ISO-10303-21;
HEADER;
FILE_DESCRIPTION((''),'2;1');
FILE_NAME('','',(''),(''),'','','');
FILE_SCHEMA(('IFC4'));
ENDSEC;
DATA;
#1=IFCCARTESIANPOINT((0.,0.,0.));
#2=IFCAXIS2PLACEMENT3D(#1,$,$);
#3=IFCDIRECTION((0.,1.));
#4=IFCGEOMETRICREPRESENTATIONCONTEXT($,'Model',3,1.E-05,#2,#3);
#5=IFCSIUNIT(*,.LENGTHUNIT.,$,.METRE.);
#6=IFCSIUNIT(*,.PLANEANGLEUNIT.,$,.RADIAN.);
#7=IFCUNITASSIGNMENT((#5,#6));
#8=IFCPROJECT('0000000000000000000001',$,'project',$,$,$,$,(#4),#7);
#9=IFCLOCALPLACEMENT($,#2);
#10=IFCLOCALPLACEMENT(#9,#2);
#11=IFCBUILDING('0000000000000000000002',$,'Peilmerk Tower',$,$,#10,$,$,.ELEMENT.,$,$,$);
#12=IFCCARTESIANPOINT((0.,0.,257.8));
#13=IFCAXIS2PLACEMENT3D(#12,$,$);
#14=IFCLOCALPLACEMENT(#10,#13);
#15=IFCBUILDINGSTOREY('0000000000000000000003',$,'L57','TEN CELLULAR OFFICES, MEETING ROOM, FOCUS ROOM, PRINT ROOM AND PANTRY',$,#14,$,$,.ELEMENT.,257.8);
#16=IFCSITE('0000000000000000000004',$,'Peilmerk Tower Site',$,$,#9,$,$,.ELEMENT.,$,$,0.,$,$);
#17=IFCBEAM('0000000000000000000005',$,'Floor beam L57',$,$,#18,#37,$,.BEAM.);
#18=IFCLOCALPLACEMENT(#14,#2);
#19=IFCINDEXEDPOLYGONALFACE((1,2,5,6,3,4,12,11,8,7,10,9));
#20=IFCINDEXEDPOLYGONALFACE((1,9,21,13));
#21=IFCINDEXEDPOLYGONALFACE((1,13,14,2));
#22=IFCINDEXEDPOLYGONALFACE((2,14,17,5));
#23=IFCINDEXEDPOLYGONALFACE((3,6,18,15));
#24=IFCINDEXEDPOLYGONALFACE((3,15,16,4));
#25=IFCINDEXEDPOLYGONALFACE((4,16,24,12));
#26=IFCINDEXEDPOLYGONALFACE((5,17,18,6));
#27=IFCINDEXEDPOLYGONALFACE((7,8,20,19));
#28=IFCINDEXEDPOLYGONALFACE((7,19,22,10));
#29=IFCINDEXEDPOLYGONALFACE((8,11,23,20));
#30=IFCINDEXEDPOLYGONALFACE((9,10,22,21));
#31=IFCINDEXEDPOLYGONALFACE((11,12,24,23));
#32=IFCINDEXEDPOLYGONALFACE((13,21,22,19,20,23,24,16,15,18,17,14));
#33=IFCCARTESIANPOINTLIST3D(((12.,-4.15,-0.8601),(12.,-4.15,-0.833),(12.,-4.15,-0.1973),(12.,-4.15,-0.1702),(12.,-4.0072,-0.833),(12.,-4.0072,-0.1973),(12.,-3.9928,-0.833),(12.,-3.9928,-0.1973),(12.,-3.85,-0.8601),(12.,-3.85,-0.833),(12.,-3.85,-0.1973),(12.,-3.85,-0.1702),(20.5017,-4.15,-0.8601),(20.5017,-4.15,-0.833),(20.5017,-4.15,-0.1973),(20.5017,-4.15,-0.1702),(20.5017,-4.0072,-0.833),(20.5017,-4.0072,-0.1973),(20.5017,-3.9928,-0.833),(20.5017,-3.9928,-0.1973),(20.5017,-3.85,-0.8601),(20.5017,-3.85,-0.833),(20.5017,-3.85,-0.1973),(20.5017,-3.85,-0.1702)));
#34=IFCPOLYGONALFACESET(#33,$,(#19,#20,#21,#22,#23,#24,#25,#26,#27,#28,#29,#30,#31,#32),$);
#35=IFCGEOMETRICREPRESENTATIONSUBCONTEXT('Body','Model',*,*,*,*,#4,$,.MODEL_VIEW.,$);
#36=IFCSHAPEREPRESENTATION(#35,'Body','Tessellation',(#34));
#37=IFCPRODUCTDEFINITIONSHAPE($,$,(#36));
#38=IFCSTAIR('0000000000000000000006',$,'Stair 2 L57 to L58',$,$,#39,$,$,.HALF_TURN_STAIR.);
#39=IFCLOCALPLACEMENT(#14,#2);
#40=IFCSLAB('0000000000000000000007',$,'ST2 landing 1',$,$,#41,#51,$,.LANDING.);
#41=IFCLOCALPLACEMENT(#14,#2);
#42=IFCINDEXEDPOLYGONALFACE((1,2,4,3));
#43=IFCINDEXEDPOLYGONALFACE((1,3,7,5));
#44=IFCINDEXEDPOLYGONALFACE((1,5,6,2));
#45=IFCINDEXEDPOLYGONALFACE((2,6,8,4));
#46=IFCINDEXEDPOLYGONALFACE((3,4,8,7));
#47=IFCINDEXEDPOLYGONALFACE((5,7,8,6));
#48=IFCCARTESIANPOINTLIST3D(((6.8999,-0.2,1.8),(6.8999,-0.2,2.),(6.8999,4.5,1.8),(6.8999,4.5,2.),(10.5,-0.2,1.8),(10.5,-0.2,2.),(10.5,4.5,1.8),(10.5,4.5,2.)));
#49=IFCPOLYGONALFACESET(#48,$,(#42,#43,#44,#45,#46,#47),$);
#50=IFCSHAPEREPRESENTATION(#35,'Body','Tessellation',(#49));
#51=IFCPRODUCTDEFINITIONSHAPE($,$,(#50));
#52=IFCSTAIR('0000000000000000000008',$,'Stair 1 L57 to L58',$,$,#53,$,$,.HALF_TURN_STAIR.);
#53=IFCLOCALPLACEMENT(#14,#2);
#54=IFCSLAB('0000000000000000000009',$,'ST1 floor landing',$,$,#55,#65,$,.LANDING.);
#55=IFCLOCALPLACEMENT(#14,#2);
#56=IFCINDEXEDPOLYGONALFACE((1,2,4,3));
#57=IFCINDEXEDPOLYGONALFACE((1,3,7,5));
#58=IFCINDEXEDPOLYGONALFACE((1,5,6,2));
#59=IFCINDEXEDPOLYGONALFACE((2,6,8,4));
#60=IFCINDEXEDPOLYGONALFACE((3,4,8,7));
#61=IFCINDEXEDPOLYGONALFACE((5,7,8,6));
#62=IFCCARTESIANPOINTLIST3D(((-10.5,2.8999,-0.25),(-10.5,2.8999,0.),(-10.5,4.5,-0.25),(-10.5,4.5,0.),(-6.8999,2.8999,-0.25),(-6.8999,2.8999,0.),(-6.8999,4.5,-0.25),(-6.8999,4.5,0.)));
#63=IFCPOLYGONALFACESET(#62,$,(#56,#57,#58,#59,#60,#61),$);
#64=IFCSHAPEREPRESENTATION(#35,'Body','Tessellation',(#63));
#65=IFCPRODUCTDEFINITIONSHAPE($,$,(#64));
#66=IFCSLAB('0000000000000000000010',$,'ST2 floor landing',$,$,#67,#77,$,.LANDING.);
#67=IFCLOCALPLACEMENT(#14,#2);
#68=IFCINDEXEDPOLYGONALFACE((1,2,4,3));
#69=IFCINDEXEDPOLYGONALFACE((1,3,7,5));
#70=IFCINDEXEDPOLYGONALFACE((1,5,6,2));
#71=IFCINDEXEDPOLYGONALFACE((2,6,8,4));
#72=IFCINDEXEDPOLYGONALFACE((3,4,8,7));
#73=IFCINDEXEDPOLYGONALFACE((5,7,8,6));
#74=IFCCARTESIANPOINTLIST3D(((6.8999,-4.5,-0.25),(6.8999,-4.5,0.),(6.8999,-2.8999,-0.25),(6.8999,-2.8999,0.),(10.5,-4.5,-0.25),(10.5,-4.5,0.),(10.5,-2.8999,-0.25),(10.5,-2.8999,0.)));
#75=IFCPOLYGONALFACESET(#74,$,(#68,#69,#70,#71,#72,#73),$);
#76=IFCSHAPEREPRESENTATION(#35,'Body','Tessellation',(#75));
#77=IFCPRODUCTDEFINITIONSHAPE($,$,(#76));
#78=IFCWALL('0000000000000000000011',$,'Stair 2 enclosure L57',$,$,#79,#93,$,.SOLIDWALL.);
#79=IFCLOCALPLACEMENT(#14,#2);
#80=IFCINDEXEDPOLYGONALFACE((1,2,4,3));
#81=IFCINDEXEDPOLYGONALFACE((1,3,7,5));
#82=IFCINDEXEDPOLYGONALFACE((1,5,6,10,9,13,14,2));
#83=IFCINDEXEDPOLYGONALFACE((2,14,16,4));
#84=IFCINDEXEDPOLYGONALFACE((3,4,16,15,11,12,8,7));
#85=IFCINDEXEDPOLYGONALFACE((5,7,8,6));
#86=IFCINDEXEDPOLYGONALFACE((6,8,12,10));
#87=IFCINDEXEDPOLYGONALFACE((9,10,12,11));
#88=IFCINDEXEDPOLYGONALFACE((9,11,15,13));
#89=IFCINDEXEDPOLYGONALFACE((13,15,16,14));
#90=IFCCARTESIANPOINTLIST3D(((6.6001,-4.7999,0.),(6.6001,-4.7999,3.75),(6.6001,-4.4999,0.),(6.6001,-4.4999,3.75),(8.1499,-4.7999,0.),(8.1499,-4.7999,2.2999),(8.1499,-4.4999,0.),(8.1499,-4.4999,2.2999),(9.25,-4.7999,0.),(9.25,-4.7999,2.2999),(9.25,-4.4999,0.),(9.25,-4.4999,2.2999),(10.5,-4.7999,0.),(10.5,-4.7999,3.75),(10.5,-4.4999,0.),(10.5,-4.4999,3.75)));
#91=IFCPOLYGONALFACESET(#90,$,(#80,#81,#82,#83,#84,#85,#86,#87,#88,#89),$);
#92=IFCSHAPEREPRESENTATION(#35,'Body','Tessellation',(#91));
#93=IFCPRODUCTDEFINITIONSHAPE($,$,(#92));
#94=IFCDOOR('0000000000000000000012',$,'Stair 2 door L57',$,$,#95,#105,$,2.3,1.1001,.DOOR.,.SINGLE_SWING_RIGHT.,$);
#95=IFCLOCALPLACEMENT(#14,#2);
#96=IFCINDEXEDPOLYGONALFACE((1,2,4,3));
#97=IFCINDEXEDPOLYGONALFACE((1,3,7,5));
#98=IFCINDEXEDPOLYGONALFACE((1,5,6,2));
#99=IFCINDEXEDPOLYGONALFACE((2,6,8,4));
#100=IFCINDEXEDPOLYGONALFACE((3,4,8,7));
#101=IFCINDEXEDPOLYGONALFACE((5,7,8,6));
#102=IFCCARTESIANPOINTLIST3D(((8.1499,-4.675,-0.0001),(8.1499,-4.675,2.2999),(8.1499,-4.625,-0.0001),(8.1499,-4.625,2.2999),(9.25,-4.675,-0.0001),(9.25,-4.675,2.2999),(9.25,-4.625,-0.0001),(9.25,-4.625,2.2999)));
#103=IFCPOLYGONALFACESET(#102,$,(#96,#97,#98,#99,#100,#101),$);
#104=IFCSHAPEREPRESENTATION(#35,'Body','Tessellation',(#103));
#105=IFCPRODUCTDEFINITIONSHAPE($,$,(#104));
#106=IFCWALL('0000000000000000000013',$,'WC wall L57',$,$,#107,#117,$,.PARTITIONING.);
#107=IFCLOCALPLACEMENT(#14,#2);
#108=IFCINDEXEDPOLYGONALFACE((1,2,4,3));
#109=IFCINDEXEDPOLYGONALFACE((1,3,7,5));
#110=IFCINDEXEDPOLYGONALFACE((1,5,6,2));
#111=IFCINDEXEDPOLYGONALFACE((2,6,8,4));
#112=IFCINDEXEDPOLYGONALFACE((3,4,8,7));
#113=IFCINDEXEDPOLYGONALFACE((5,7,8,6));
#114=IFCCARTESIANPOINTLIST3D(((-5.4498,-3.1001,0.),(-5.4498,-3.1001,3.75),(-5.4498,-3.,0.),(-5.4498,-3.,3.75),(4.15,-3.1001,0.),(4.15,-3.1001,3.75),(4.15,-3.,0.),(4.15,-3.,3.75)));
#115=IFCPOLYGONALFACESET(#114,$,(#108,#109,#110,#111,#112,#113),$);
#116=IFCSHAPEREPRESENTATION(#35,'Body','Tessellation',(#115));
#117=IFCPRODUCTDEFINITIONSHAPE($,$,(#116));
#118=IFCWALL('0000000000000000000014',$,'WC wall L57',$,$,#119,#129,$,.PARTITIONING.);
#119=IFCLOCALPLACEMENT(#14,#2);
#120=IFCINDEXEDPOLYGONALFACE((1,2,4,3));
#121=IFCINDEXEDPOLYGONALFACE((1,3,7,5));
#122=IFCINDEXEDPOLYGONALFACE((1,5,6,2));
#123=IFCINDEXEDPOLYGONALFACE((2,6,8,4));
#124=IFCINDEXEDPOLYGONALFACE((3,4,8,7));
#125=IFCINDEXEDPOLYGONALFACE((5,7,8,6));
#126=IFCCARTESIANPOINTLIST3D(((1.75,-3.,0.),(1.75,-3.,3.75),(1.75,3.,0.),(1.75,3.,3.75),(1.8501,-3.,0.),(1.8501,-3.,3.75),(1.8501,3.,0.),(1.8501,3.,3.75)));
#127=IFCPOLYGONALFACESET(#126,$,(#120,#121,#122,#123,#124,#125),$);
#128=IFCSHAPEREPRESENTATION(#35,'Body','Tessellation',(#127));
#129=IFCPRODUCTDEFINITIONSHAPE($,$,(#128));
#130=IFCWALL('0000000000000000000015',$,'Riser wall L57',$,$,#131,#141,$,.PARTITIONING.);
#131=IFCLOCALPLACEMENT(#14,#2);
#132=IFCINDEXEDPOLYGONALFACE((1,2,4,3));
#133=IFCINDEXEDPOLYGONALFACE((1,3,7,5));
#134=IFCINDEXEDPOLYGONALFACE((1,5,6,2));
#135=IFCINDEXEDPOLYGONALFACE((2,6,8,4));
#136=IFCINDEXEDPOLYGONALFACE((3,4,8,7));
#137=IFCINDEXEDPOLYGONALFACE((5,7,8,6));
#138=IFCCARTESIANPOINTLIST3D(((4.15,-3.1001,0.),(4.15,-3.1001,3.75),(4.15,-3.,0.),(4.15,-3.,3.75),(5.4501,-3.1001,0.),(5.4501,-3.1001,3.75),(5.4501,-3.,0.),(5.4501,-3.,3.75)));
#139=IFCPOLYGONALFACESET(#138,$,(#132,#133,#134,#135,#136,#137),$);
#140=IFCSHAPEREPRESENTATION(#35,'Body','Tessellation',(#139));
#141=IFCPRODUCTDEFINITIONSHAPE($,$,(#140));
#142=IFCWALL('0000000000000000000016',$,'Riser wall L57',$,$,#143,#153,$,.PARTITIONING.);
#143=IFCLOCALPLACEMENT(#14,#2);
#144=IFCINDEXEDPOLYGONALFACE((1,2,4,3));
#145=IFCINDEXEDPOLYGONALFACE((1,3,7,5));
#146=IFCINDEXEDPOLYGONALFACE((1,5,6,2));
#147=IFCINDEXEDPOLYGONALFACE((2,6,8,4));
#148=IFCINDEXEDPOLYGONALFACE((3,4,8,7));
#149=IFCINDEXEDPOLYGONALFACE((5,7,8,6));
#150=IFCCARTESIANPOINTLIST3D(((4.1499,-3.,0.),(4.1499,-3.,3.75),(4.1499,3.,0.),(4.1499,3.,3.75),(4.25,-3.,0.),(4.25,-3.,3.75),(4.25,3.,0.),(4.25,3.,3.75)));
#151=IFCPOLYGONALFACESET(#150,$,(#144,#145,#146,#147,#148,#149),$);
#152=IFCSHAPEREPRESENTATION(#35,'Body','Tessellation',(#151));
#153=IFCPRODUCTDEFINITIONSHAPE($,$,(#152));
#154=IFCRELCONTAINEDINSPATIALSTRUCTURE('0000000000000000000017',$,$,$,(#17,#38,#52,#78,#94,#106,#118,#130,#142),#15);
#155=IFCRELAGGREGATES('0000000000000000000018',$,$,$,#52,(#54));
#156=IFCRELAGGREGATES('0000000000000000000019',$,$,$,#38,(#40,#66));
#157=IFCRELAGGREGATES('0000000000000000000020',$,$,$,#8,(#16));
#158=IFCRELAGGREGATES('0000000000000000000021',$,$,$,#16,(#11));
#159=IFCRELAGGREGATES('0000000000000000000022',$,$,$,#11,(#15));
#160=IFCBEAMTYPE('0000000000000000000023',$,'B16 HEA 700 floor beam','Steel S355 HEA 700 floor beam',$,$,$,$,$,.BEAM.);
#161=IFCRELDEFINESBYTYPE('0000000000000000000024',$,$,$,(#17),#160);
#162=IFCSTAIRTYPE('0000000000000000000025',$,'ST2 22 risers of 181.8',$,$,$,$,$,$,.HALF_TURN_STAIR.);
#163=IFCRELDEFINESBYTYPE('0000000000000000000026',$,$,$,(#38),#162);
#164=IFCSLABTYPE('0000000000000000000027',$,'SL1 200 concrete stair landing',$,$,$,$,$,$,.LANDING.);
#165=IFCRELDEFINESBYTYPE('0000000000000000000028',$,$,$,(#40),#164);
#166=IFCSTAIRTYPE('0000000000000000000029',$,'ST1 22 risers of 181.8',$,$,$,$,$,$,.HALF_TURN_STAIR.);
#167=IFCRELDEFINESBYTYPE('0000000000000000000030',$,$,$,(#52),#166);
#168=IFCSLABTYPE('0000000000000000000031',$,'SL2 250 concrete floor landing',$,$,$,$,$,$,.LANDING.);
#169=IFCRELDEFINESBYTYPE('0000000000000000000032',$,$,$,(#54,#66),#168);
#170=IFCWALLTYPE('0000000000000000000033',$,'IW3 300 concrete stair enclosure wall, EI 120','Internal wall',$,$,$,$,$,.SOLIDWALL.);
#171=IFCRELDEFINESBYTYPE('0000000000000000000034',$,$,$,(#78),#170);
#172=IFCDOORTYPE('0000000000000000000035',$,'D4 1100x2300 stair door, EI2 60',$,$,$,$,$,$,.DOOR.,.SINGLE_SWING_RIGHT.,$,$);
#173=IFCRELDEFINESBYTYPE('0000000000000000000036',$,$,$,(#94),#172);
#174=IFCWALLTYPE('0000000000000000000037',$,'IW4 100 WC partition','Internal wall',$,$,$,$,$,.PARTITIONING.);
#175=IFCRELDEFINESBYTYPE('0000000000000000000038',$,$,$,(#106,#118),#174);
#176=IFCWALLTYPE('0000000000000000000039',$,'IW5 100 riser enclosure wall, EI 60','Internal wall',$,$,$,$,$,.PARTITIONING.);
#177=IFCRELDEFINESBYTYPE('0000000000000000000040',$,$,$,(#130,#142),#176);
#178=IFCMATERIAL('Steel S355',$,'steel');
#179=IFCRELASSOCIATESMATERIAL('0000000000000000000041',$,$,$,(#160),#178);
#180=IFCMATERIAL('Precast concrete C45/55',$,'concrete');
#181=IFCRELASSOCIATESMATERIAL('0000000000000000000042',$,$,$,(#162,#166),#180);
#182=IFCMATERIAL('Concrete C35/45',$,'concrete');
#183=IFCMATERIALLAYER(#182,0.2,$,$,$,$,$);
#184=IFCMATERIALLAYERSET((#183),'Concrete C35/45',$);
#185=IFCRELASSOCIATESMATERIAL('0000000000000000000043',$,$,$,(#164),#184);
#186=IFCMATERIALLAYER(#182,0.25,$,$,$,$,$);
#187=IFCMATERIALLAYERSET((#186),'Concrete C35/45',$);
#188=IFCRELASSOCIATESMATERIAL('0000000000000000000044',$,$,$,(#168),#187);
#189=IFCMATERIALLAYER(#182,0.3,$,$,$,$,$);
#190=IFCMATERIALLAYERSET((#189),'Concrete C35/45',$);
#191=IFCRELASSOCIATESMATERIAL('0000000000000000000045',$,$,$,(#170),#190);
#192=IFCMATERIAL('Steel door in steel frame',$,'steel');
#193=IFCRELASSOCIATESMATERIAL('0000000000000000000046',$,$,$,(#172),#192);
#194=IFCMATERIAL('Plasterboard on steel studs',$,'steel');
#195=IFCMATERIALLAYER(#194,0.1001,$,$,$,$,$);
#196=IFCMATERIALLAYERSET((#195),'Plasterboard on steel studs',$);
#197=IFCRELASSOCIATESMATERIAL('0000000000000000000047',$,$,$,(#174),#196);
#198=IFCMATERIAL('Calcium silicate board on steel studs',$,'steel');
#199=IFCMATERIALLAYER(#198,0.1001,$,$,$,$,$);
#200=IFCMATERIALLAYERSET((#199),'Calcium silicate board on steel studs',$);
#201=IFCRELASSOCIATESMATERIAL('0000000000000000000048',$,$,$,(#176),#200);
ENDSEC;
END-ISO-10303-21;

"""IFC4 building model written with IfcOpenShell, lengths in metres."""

from ifc_helpers import new_model, si_unit, direction, frame, frame_2d, origin, origin_2d, place, context, subcontext, project, spatial, polyline, rectangle, i_section, outline, extrude, material, layer, layer_set, material_profile, profile_set, type_object, element, fill, aggregate, save


model = new_model("IFC4")

# Units and contexts
model_context = context("Model", 3, precision=1e-05, world=origin(), true_north=direction((0.0, 1.0)))
body_context = subcontext(model_context, "Body", "Model", "MODEL_VIEW")
ifc_project = project(units=[si_unit("LENGTHUNIT", "METRE"), si_unit("PLANEANGLEUNIT", "RADIAN")], contexts=[model_context])

# Site, building, storey
site_placement = place(None, origin())
site = spatial("IfcSite", under=ifc_project, at=site_placement, Name="Peilmerk Tower Site", CompositionType="ELEMENT", RefElevation=0.0)
building_placement = place(site_placement, origin())
building = spatial("IfcBuilding", under=site, at=building_placement, Name="Peilmerk Tower", CompositionType="ELEMENT")
storey_placement = place(building_placement, frame((0.0, 0.0, 257.8)))
storey = spatial("IfcBuildingStorey", under=building, at=storey_placement, Name="L57", Description="TEN CELLULAR OFFICES, MEETING ROOM, FOCUS ROOM, PRINT ROOM AND PANTRY", CompositionType="ELEMENT", Elevation=257.8)

# Beam
ifc_material_1 = material(Name="Steel S355", Category="steel")
ifc_material_profile = material_profile(ifc_material_1, i_section(OverallWidth=0.3, OverallDepth=0.6899, WebThickness=0.0144, FlangeThickness=0.0271, at=origin_2d()), Name="HEA 700")
ifc_profile_set = profile_set([ifc_material_profile], Name="Steel S355")
beam_type = type_object("IfcBeamType", Name="B16 HEA 700 floor beam", Description="Steel S355 HEA 700 floor beam", PredefinedType="BEAM", material=ifc_profile_set)
beam_placement = place(storey_placement, frame((12.0, -4.0, -0.5151), z_axis=(1.0, 0.0, 0.0), x_axis=(0.0, 1.0, 0.0)))
element("IfcBeam", 1, at=beam_placement, inside=storey, type_object=beam_type, Name="Floor beam L57", PredefinedType="BEAM", context=body_context, shape_type="SweptSolid", body=[
    extrude(i_section(OverallWidth=0.3, OverallDepth=0.6899, WebThickness=0.0144, FlangeThickness=0.0271, at=origin_2d()), origin(), (0.0, 0.0, 1.0), 8.5017),
])

# Stairs, slabs
ifc_material_2 = material(Name="Precast concrete C45/55", Category="concrete")
stair_type_1 = type_object("IfcStairType", Name="ST2 22 risers of 181.8", PredefinedType="HALF_TURN_STAIR", material=ifc_material_2)
stair_1_placement = place(storey_placement, origin())
stair_1 = element("IfcStair", 2, at=stair_1_placement, inside=storey, type_object=stair_type_1, Name="Stair 2 L57 to L58", PredefinedType="HALF_TURN_STAIR")
ifc_material_3 = material(Name="Concrete C35/45", Category="concrete")
ifc_layer_1 = layer(ifc_material_3, 0.2)
ifc_layer_set_1 = layer_set([ifc_layer_1], Name="Concrete C35/45")
slab_type_1 = type_object("IfcSlabType", Name="SL1 200 concrete stair landing", PredefinedType="LANDING", material=ifc_layer_set_1)
slab_1_placement = place(storey_placement, frame((0.0, 0.0, 1.8)))
slab_1 = element("IfcSlab", 3, at=slab_1_placement, type_object=slab_type_1, Name="ST2 landing 1", PredefinedType="LANDING", context=body_context, shape_type="SweptSolid", body=[
    extrude(outline(polyline([(6.8999, -0.2), (10.5, -0.2), (10.5, 4.5), (6.8999, 4.5), (6.8999, -0.2)])), origin(), (0.0, 0.0, 1.0), 0.2),
])
stair_type_2 = type_object("IfcStairType", Name="ST1 22 risers of 181.8", PredefinedType="HALF_TURN_STAIR", material=ifc_material_2)
stair_2_placement = place(storey_placement, origin())
stair_2 = element("IfcStair", 4, at=stair_2_placement, inside=storey, type_object=stair_type_2, Name="Stair 1 L57 to L58", PredefinedType="HALF_TURN_STAIR")
ifc_layer_2 = layer(ifc_material_3, 0.25)
ifc_layer_set_2 = layer_set([ifc_layer_2], Name="Concrete C35/45")
slab_type_2 = type_object("IfcSlabType", Name="SL2 250 concrete floor landing", PredefinedType="LANDING", material=ifc_layer_set_2)
slab_2_placement = place(storey_placement, frame((0.0, 0.0, -0.25)))
slab_2 = element("IfcSlab", 5, at=slab_2_placement, type_object=slab_type_2, Name="ST1 floor landing", PredefinedType="LANDING", context=body_context, shape_type="SweptSolid", body=[
    extrude(outline(polyline([(-10.5, 2.8999), (-6.8999, 2.8999), (-6.8999, 4.5), (-10.5, 4.5), (-10.5, 2.8999)])), origin(), (0.0, 0.0, 1.0), 0.25),
])
aggregate(stair_2, [slab_2])

# Slab
slab_3_placement = place(storey_placement, frame((0.0, 0.0, -0.25)))
slab_3 = element("IfcSlab", 6, at=slab_3_placement, type_object=slab_type_2, Name="ST2 floor landing", PredefinedType="LANDING", context=body_context, shape_type="SweptSolid", body=[
    extrude(outline(polyline([(6.8999, -4.5), (10.5, -4.5), (10.5, -2.8999), (6.8999, -2.8999), (6.8999, -4.5)])), origin(), (0.0, 0.0, 1.0), 0.25),
])

# Wall, opening, door
ifc_layer_3 = layer(ifc_material_3, 0.3)
ifc_layer_set_3 = layer_set([ifc_layer_3], Name="Concrete C35/45")
wall_type_1 = type_object("IfcWallType", Name="IW3 300 concrete stair enclosure wall, EI 120", Description="Internal wall", PredefinedType="SOLIDWALL", material=ifc_layer_set_3)
wall_1_placement = place(storey_placement, frame((10.5, -4.6499, 0.0), z_axis=(0.0, 0.0, 1.0), x_axis=(-1.0, 0.0, 0.0)))
wall_1 = element("IfcWall", 7, at=wall_1_placement, inside=storey, type_object=wall_type_1, Name="Stair 2 enclosure L57", PredefinedType="SOLIDWALL", context=body_context, shape_type="SweptSolid", body=[
    extrude(rectangle(XDim=3.8999, YDim=0.3, at=frame_2d((1.95, 0.0))), origin(), (0.0, 0.0, 1.0), 3.75),
])
opening_1_placement = place(wall_1_placement, frame((1.25, 0.0, 0.0)))
opening_1 = element("IfcOpeningElement", 8, at=opening_1_placement, cuts=wall_1, PredefinedType="OPENING", context=body_context, shape_type="SweptSolid", body=[
    extrude(rectangle(XDim=1.1001, YDim=2.3, at=frame_2d((0.55, 1.1499))), frame((0.0, 0.1599, 0.0), z_axis=(0.0, -1.0, 0.0), x_axis=(1.0, 0.0, 0.0)), (0.0, 0.0, 1.0), 0.3201),
])
ifc_material_4 = material(Name="Steel door in steel frame", Category="steel")
door_type_1 = type_object("IfcDoorType", Name="D4 1100x2300 stair door, EI2 60", OperationType="SINGLE_SWING_RIGHT", PredefinedType="DOOR", material=ifc_material_4)
door_1_placement = place(opening_1_placement, frame((1.1001, 0.0, 0.0), z_axis=(0.0, 0.0, 1.0), x_axis=(-1.0, 0.0, 0.0)))
door_1 = element("IfcDoor", 9, at=door_1_placement, inside=storey, type_object=door_type_1, Name="Stair 2 door L57", OperationType="SINGLE_SWING_RIGHT", OverallHeight=2.3, OverallWidth=1.1001, PredefinedType="DOOR", context=body_context, shape_type="SweptSolid", body=[
    extrude(rectangle(XDim=1.1001, YDim=2.3, at=frame_2d((0.55, 1.1499))), frame((0.0, 0.0249, 0.0), z_axis=(0.0, -1.0, 0.0), x_axis=(1.0, 0.0, 0.0)), (0.0, 0.0, 1.0), 0.05),
])
fill(opening_1, door_1)

# Walls
ifc_material_5 = material(Name="Plasterboard on steel studs", Category="steel")
ifc_layer_4 = layer(ifc_material_5, 0.1001)
ifc_layer_set_4 = layer_set([ifc_layer_4], Name="Plasterboard on steel studs")
wall_type_2 = type_object("IfcWallType", Name="IW4 100 WC partition", Description="Internal wall", PredefinedType="PARTITIONING", material=ifc_layer_set_4)
wall_2_placement = place(storey_placement, frame((4.1499, -3.05, 0.0), z_axis=(0.0, 0.0, 1.0), x_axis=(-1.0, 0.0, 0.0)))
element("IfcWall", 10, at=wall_2_placement, inside=storey, type_object=wall_type_2, Name="WC wall L57", PredefinedType="PARTITIONING", context=body_context, shape_type="SweptSolid", body=[
    extrude(rectangle(XDim=9.5999, YDim=0.1001, at=frame_2d((4.7998, 0.0))), origin(), (0.0, 0.0, 1.0), 3.75),
])
wall_3_placement = place(storey_placement, frame((1.8, -3.0, 0.0), z_axis=(0.0, 0.0, 1.0), x_axis=(0.0, 1.0, 0.0)))
element("IfcWall", 11, at=wall_3_placement, inside=storey, type_object=wall_type_2, Name="WC wall L57", PredefinedType="PARTITIONING", context=body_context, shape_type="SweptSolid", body=[
    extrude(rectangle(XDim=6.0, YDim=0.1001, at=frame_2d((3.0, 0.0))), origin(), (0.0, 0.0, 1.0), 3.75),
])
ifc_material_6 = material(Name="Calcium silicate board on steel studs", Category="steel")
ifc_layer_5 = layer(ifc_material_6, 0.1001)
ifc_layer_set_5 = layer_set([ifc_layer_5], Name="Calcium silicate board on steel studs")
wall_type_3 = type_object("IfcWallType", Name="IW5 100 riser enclosure wall, EI 60", Description="Internal wall", PredefinedType="PARTITIONING", material=ifc_layer_set_5)
wall_4_placement = place(storey_placement, frame((5.45, -3.05, 0.0), z_axis=(0.0, 0.0, 1.0), x_axis=(-1.0, 0.0, 0.0)))
element("IfcWall", 12, at=wall_4_placement, inside=storey, type_object=wall_type_3, Name="Riser wall L57", PredefinedType="PARTITIONING", context=body_context, shape_type="SweptSolid", body=[
    extrude(rectangle(XDim=1.3, YDim=0.1001, at=frame_2d((0.6499, 0.0))), origin(), (0.0, 0.0, 1.0), 3.75),
])
wall_5_placement = place(storey_placement, frame((4.2, -3.0, 0.0), z_axis=(0.0, 0.0, 1.0), x_axis=(0.0, 1.0, 0.0)))
element("IfcWall", 13, at=wall_5_placement, inside=storey, type_object=wall_type_3, Name="Riser wall L57", PredefinedType="PARTITIONING", context=body_context, shape_type="SweptSolid", body=[
    extrude(rectangle(XDim=6.0, YDim=0.1001, at=frame_2d((3.0, 0.0))), origin(), (0.0, 0.0, 1.0), 3.75),
])

aggregate(stair_1, [slab_1, slab_3])

save(model, "model.ifc")
